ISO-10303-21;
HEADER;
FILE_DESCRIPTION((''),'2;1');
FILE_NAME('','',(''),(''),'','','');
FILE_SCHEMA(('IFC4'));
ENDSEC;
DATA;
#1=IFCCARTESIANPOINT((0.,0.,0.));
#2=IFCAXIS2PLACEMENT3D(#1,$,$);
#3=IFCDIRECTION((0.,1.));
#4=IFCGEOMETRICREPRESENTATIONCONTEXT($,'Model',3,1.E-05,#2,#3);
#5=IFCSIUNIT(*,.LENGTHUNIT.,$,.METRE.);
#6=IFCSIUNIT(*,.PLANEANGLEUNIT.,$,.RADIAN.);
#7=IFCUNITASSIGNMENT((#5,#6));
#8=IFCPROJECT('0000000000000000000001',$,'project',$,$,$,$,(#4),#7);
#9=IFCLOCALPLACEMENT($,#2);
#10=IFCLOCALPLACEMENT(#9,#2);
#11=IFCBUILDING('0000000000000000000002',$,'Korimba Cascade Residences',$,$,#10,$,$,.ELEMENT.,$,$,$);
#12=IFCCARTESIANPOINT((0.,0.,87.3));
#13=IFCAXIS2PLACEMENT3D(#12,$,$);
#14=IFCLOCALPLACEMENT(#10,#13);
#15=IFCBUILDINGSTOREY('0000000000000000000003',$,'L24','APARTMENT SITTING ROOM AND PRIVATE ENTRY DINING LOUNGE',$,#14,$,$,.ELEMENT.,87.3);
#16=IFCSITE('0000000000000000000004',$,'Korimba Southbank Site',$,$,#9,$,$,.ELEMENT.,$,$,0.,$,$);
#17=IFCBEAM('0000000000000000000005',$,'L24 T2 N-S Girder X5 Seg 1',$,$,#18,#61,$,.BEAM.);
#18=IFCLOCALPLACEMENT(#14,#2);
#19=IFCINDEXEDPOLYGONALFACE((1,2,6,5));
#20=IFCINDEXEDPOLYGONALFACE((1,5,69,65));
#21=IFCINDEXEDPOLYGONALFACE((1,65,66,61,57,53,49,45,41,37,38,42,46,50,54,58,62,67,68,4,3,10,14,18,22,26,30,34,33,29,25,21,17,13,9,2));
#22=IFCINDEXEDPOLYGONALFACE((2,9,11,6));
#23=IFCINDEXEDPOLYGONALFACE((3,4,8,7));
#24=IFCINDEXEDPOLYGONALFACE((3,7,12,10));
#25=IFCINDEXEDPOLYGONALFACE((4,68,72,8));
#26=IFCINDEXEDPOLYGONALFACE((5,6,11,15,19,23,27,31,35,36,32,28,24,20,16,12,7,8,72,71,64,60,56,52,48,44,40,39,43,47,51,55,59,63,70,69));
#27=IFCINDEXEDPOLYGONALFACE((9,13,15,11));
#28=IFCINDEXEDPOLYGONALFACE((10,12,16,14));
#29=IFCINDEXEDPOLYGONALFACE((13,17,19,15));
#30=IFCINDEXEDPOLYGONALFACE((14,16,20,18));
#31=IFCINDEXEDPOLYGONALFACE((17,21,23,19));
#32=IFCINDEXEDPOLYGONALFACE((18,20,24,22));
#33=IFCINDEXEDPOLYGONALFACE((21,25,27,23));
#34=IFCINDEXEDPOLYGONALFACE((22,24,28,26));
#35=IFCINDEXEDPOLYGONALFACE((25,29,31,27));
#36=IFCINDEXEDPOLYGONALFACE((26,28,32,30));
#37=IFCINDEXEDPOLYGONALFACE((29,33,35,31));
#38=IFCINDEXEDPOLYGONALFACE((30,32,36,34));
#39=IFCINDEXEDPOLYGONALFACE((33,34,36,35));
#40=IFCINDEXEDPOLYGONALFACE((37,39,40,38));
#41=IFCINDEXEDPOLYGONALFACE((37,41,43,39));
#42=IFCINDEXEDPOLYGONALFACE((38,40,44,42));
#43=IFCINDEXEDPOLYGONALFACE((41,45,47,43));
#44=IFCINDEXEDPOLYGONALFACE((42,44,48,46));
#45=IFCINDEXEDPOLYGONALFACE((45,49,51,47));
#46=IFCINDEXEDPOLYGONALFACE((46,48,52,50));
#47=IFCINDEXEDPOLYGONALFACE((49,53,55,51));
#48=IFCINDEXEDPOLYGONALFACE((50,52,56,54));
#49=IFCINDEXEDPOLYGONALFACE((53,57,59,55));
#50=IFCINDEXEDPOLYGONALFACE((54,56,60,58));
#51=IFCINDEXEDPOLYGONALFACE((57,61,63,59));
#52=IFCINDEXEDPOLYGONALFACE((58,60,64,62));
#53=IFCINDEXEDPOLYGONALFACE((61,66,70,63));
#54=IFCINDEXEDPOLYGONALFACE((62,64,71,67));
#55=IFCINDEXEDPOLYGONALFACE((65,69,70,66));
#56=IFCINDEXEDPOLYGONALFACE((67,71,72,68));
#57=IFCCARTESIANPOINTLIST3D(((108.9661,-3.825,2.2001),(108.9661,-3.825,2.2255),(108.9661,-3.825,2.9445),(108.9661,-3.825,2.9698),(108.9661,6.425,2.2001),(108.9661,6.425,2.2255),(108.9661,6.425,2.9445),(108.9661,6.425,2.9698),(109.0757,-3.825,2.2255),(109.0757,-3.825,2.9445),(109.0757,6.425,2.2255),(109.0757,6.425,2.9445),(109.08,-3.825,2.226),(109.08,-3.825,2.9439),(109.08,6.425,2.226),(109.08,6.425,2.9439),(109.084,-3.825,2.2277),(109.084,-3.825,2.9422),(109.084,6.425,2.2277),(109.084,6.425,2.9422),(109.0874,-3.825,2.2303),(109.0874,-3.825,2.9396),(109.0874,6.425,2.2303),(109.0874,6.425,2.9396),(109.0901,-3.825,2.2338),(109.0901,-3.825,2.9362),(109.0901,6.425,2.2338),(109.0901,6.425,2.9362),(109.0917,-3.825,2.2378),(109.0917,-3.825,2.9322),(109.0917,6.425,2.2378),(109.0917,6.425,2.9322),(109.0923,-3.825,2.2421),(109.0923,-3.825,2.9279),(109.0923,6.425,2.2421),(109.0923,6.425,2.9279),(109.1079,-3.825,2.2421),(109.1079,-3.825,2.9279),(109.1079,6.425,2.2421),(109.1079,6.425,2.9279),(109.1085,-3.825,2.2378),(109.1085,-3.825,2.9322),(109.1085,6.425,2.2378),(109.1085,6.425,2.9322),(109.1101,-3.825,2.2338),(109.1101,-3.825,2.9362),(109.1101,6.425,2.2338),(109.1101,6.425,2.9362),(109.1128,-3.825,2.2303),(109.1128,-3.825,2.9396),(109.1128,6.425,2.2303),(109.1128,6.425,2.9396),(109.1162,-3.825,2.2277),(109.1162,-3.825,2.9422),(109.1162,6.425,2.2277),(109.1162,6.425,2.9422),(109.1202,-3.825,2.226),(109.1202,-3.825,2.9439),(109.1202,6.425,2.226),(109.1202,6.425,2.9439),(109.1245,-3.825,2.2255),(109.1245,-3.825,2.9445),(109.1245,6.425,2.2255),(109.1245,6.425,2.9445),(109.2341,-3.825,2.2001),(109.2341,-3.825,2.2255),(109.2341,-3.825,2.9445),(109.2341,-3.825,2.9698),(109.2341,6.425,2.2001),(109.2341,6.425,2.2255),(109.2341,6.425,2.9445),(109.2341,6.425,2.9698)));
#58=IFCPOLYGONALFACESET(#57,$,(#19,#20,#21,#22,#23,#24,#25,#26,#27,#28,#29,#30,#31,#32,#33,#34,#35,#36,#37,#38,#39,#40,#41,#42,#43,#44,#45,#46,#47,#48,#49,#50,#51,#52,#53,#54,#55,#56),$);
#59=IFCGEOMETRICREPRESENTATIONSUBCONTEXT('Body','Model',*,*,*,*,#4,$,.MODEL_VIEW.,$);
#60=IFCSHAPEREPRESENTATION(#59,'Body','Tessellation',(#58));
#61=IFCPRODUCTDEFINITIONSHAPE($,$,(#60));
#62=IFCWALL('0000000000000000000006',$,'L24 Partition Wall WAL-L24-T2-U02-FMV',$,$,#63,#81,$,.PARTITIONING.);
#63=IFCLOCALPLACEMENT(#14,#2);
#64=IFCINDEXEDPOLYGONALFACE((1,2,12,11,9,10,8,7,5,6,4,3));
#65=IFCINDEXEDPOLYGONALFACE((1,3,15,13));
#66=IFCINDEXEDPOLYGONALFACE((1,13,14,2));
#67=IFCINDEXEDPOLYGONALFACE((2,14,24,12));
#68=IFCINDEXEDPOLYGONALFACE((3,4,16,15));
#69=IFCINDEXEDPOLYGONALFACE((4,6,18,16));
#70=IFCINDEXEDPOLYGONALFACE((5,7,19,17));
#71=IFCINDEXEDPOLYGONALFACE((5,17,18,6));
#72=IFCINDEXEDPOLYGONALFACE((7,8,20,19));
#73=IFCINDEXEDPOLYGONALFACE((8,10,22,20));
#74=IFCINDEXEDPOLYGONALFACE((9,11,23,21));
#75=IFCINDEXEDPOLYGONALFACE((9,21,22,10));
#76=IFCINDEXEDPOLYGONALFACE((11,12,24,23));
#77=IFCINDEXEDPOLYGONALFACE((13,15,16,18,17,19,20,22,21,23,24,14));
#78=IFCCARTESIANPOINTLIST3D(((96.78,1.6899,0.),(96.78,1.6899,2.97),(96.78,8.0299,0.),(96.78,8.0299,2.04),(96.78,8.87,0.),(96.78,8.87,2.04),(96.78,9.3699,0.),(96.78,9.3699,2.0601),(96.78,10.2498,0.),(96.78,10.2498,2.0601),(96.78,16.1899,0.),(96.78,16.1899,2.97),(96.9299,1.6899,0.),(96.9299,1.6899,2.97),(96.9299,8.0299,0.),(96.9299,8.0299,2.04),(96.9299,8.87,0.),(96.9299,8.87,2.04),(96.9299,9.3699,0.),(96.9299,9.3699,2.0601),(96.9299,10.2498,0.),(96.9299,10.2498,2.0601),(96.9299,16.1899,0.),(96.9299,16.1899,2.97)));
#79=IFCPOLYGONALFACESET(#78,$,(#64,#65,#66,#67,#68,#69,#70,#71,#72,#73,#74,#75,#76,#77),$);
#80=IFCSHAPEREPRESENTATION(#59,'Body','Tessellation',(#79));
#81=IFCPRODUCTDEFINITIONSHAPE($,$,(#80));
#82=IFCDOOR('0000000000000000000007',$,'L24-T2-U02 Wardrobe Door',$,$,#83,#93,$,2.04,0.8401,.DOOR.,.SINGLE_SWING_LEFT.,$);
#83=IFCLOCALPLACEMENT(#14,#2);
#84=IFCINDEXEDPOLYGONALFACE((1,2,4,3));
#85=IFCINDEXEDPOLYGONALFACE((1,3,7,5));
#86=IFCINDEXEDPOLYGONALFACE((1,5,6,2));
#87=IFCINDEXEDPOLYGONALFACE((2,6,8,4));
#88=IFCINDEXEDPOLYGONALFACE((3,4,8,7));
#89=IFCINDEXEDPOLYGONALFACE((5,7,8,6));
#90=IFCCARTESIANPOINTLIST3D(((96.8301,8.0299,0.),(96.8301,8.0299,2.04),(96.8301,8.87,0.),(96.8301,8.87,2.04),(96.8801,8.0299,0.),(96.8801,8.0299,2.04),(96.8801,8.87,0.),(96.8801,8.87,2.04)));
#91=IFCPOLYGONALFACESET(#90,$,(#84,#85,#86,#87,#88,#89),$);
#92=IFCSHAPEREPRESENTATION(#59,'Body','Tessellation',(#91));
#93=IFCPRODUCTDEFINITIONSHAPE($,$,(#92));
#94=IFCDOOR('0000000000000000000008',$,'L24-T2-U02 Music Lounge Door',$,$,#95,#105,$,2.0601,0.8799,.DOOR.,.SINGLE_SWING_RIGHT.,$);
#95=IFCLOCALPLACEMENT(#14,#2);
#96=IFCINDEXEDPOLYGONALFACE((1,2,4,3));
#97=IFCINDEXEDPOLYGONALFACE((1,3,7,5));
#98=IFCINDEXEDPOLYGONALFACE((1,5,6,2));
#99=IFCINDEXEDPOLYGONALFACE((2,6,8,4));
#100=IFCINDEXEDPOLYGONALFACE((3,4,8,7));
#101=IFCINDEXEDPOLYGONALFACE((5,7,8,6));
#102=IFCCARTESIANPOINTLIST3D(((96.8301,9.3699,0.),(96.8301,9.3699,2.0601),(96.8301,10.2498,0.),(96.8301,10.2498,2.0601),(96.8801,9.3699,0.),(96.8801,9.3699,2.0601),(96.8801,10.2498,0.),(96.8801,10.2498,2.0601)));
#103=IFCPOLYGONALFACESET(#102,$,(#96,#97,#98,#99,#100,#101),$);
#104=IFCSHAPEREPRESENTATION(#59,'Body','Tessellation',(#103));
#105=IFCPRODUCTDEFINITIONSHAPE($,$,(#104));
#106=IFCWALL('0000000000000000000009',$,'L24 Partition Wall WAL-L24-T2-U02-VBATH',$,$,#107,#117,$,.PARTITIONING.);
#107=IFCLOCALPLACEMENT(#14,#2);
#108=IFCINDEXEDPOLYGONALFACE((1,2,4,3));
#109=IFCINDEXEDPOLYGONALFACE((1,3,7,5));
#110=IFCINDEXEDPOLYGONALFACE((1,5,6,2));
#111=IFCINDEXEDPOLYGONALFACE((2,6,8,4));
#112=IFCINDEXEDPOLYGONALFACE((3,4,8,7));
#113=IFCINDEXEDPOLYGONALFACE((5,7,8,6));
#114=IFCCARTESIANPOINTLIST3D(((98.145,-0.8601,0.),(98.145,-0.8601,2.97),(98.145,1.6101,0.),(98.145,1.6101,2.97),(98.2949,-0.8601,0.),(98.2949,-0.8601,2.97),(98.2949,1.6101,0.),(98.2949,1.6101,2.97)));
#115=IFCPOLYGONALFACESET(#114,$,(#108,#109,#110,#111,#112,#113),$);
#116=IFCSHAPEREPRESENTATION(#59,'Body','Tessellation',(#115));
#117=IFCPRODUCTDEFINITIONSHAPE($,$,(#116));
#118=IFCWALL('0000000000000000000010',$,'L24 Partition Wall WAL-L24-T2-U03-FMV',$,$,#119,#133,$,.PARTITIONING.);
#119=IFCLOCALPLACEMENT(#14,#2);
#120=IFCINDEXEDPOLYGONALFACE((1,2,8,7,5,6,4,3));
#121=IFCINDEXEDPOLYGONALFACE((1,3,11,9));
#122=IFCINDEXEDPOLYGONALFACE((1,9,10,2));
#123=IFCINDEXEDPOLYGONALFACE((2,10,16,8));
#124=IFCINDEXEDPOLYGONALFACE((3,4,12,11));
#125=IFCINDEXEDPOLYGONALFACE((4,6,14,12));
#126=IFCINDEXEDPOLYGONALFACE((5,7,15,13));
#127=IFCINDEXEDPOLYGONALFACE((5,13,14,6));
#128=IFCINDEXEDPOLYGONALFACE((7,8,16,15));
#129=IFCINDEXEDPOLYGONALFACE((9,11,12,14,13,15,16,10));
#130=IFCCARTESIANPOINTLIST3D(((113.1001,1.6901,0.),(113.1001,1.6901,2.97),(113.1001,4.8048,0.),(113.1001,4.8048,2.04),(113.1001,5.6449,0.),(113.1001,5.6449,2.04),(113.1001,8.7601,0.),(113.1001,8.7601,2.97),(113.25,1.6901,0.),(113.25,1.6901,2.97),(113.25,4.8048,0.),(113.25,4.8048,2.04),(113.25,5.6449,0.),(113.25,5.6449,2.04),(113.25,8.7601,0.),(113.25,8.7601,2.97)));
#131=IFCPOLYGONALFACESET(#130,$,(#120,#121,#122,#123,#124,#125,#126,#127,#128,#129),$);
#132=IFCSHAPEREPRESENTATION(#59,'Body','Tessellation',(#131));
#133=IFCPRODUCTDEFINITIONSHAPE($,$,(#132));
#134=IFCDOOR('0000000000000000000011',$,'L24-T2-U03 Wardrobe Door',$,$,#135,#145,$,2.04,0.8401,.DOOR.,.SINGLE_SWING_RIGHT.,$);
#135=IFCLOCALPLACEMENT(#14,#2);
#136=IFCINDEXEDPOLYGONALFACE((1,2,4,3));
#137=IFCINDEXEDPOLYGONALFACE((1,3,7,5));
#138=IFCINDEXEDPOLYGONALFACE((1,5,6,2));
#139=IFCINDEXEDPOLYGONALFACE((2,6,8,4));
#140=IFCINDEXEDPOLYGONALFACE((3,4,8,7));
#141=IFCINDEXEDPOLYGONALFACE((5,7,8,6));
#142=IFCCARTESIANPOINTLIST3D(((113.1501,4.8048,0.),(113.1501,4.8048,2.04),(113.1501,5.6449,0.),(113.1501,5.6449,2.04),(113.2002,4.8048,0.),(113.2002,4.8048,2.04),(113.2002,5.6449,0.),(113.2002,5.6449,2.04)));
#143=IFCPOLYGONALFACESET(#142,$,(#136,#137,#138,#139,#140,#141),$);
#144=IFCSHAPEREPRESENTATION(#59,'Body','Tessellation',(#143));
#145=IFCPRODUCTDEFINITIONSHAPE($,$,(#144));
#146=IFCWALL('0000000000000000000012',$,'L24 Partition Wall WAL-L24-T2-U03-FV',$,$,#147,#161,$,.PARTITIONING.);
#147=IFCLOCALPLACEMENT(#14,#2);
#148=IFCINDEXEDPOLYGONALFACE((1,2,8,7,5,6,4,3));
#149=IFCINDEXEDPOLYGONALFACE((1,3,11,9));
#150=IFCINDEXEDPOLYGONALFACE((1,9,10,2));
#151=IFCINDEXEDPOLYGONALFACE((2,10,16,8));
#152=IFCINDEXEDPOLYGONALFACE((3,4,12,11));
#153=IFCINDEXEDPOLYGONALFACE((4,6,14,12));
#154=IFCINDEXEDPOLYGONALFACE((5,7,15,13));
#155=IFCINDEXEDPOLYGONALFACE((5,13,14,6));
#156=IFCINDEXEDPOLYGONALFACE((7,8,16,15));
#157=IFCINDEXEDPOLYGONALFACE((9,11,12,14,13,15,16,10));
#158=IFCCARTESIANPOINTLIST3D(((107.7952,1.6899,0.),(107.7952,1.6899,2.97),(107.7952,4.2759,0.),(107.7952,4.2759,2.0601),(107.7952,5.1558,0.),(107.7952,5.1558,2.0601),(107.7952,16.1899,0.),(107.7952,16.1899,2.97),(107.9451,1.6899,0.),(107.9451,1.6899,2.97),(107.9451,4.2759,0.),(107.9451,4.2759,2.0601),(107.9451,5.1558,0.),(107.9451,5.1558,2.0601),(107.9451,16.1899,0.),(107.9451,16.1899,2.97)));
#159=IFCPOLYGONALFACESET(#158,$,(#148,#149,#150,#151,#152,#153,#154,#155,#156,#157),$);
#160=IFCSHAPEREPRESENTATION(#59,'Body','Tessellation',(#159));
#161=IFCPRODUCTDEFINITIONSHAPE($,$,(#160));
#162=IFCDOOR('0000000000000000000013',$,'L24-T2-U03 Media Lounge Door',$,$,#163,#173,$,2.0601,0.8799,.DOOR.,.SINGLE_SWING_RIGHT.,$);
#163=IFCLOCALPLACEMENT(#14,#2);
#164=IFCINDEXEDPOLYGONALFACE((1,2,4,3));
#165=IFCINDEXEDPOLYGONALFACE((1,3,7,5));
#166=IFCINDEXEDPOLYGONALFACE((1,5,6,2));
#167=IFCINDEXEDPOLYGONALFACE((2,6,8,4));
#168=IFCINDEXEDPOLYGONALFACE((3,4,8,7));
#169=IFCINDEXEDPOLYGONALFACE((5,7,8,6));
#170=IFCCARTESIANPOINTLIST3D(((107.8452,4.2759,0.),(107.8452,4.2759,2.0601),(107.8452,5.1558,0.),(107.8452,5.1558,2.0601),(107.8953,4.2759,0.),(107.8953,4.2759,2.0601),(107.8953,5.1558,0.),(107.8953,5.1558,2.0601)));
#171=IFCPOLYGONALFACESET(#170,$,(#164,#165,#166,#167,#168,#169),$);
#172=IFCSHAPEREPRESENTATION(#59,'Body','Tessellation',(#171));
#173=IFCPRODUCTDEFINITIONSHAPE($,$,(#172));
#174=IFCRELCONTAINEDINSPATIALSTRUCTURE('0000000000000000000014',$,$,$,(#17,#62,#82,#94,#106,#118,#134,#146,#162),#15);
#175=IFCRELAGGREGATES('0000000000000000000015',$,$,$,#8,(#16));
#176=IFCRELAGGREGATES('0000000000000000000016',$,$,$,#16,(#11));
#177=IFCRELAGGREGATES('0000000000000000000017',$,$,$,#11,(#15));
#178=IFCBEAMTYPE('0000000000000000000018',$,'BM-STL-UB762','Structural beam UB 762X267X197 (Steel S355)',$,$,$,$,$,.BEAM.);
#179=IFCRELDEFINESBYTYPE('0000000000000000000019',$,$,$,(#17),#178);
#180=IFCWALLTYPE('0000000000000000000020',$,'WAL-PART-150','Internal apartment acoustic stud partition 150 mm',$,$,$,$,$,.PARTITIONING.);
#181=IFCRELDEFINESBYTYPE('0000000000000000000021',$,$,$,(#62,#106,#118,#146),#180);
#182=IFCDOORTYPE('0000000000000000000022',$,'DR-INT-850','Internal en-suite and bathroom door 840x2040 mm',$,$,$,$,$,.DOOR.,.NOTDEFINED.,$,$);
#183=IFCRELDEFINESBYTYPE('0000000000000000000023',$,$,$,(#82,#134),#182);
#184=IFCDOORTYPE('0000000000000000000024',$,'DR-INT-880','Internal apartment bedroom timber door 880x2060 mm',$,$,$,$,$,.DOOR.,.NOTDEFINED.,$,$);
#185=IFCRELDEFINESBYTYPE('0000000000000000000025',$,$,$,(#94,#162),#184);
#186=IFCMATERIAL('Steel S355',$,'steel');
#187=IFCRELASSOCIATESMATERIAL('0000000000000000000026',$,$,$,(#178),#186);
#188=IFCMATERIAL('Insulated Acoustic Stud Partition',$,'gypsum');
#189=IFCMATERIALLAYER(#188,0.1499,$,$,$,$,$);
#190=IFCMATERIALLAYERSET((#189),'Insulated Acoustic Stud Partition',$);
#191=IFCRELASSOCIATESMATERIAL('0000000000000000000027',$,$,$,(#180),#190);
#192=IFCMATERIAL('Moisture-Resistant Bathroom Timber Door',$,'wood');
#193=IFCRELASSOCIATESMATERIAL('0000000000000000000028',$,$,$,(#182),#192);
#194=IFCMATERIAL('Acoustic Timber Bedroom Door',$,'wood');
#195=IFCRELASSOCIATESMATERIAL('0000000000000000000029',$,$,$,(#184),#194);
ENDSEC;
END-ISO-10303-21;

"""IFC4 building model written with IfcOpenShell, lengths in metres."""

from ifc_helpers import new_model, si_unit, direction, frame, frame_2d, origin, origin_2d, place, context, subcontext, project, spatial, rectangle, i_section, extrude, material, layer, layer_set, material_profile, profile_set, type_object, element, fill, save


model = new_model("IFC4")

# Units and contexts
model_context = context("Model", 3, precision=1e-05, world=origin(), true_north=direction((0.0, 1.0)))
body_context = subcontext(model_context, "Body", "Model", "MODEL_VIEW")
ifc_project = project(units=[si_unit("LENGTHUNIT", "METRE"), si_unit("PLANEANGLEUNIT", "RADIAN")], contexts=[model_context])

# Site, building, storey
site_placement = place(None, origin())
site = spatial("IfcSite", under=ifc_project, at=site_placement, Name="Korimba Southbank Site", CompositionType="ELEMENT", RefElevation=0.0)
building_placement = place(site_placement, origin())
building = spatial("IfcBuilding", under=site, at=building_placement, Name="Korimba Cascade Residences", CompositionType="ELEMENT")
storey_placement = place(building_placement, frame((0.0, 0.0, 87.3)))
storey = spatial("IfcBuildingStorey", under=building, at=storey_placement, Name="L24", Description="APARTMENT SITTING ROOM AND PRIVATE ENTRY DINING LOUNGE", CompositionType="ELEMENT", Elevation=87.3)

# Beam
ifc_material_1 = material(Name="Steel S355", Category="steel")
ifc_material_profile_1 = material_profile(ifc_material_1, i_section(OverallWidth=0.2681, OverallDepth=0.7698, WebThickness=0.0156, FlangeThickness=0.0254, FilletRadius=0.0166, at=origin_2d()), Name="Steel S355")
ifc_profile_set_1 = profile_set([ifc_material_profile_1], Name="Steel S355")
beam_type_1 = type_object("IfcBeamType", Name="BM-STL-UB762", Description="Structural beam UB 762X267X197 (Steel S355)", PredefinedType="BEAM", material=ifc_profile_set_1)
for number, where, z_axis, x_axis, name in (
    (1, (109.1001, -3.825, 2.585), (0.0, 1.0, 0.0), (-1.0, 0.0, 0.0), "L24 T2 N-S Girder X5 Seg 1"),
):
    element("IfcBeam", number, at=place(storey_placement, frame(where, z_axis=z_axis, x_axis=x_axis)), inside=storey, type_object=beam_type_1, Name=name, PredefinedType="BEAM", context=body_context, shape_type="SweptSolid", body=[
        extrude(i_section(OverallWidth=0.2681, OverallDepth=0.7698, WebThickness=0.0156, FlangeThickness=0.0254, FilletRadius=0.0166, at=origin_2d()), origin(), (0.0, 0.0, 1.0), 10.25),
    ])

# Wall, openings, doors
ifc_material_2 = material(Name="Insulated Acoustic Stud Partition", Category="gypsum")
ifc_layer = layer(ifc_material_2, 0.1499)
ifc_layer_set = layer_set([ifc_layer], Name="Insulated Acoustic Stud Partition")
wall_type = type_object("IfcWallType", Name="WAL-PART-150", Description="Internal apartment acoustic stud partition 150 mm", PredefinedType="PARTITIONING", material=ifc_layer_set)
wall_1_placement = place(storey_placement, frame((96.855, 1.6899, 0.0), z_axis=(0.0, 0.0, 1.0), x_axis=(0.0, 1.0, 0.0)))
wall_1 = element("IfcWall", 2, at=wall_1_placement, inside=storey, type_object=wall_type, Name="L24 Partition Wall WAL-L24-T2-U02-FMV", PredefinedType="PARTITIONING", context=body_context, shape_type="SweptSolid", body=[
    extrude(rectangle(XDim=14.5, YDim=0.1499, at=frame_2d((7.25, 0.0))), origin(), (0.0, 0.0, 1.0), 2.97),
])
opening_1_placement = place(wall_1_placement, frame((6.3401, 0.0, 0.0)))
opening_1 = element("IfcOpeningElement", 3, at=opening_1_placement, cuts=wall_1, PredefinedType="OPENING", context=body_context, shape_type="SweptSolid", body=[
    extrude(rectangle(XDim=0.8401, YDim=2.04, at=frame_2d((0.4199, 1.02))), frame((0.0, 0.085, 0.0), z_axis=(0.0, -1.0, 0.0), x_axis=(1.0, 0.0, 0.0)), (0.0, 0.0, 1.0), 0.1699),
])
opening_2_placement = place(wall_1_placement, frame((7.6799, 0.0, 0.0)))
opening_2 = element("IfcOpeningElement", 4, at=opening_2_placement, cuts=wall_1, PredefinedType="OPENING", context=body_context, shape_type="SweptSolid", body=[
    extrude(rectangle(XDim=0.8799, YDim=2.0601, at=frame_2d((0.4399, 1.03))), frame((0.0, 0.085, 0.0), z_axis=(0.0, -1.0, 0.0), x_axis=(1.0, 0.0, 0.0)), (0.0, 0.0, 1.0), 0.1699),
])
ifc_material_3 = material(Name="Moisture-Resistant Bathroom Timber Door", Category="wood")
door_type_1 = type_object("IfcDoorType", Name="DR-INT-850", Description="Internal en-suite and bathroom door 840x2040 mm", OperationType="NOTDEFINED", PredefinedType="DOOR", material=ifc_material_3)
door_1_placement = place(opening_1_placement, origin())
door_1 = element("IfcDoor", 5, at=door_1_placement, inside=storey, type_object=door_type_1, Name="L24-T2-U02 Wardrobe Door", OperationType="SINGLE_SWING_LEFT", OverallHeight=2.04, OverallWidth=0.8401, PredefinedType="DOOR", context=body_context, shape_type="SweptSolid", body=[
    extrude(rectangle(XDim=0.8401, YDim=2.04, at=frame_2d((0.4199, 1.02))), frame((0.0, 0.0249, 0.0), z_axis=(0.0, -1.0, 0.0), x_axis=(1.0, 0.0, 0.0)), (0.0, 0.0, 1.0), 0.05),
])
fill(opening_1, door_1)
ifc_material_4 = material(Name="Acoustic Timber Bedroom Door", Category="wood")
door_type_2 = type_object("IfcDoorType", Name="DR-INT-880", Description="Internal apartment bedroom timber door 880x2060 mm", OperationType="NOTDEFINED", PredefinedType="DOOR", material=ifc_material_4)
door_2_placement = place(opening_2_placement, origin())
door_2 = element("IfcDoor", 6, at=door_2_placement, inside=storey, type_object=door_type_2, Name="L24-T2-U02 Music Lounge Door", OperationType="SINGLE_SWING_RIGHT", OverallHeight=2.0601, OverallWidth=0.8799, PredefinedType="DOOR", context=body_context, shape_type="SweptSolid", body=[
    extrude(rectangle(XDim=0.8799, YDim=2.0601, at=frame_2d((0.4399, 1.03))), frame((0.0, 0.0249, 0.0), z_axis=(0.0, -1.0, 0.0), x_axis=(1.0, 0.0, 0.0)), (0.0, 0.0, 1.0), 0.05),
])
fill(opening_2, door_2)

# Wall
wall_2_placement = place(storey_placement, frame((98.22, -0.8601, 0.0), z_axis=(0.0, 0.0, 1.0), x_axis=(0.0, 1.0, 0.0)))
element("IfcWall", 7, at=wall_2_placement, inside=storey, type_object=wall_type, Name="L24 Partition Wall WAL-L24-T2-U02-VBATH", PredefinedType="PARTITIONING", context=body_context, shape_type="SweptSolid", body=[
    extrude(rectangle(XDim=2.4702, YDim=0.1499, at=frame_2d((1.2351, 0.0))), origin(), (0.0, 0.0, 1.0), 2.97),
])

# Walls, openings, doors
wall_3_placement = place(storey_placement, frame((113.175, 1.6899, 0.0), z_axis=(0.0, 0.0, 1.0), x_axis=(0.0, 1.0, 0.0)))
wall_3 = element("IfcWall", 8, at=wall_3_placement, inside=storey, type_object=wall_type, Name="L24 Partition Wall WAL-L24-T2-U03-FMV", PredefinedType="PARTITIONING", context=body_context, shape_type="SweptSolid", body=[
    extrude(rectangle(XDim=7.0701, YDim=0.1499, at=frame_2d((3.5352, 0.0))), origin(), (0.0, 0.0, 1.0), 2.97),
])
opening_3_placement = place(wall_3_placement, frame((3.115, 0.0, 0.0)))
opening_3 = element("IfcOpeningElement", 9, at=opening_3_placement, cuts=wall_3, PredefinedType="OPENING", context=body_context, shape_type="SweptSolid", body=[
    extrude(rectangle(XDim=0.8401, YDim=2.04, at=frame_2d((0.4199, 1.02))), frame((0.0, 0.085, 0.0), z_axis=(0.0, -1.0, 0.0), x_axis=(1.0, 0.0, 0.0)), (0.0, 0.0, 1.0), 0.1699),
])
door_3_placement = place(opening_3_placement, origin())
door_3 = element("IfcDoor", 10, at=door_3_placement, inside=storey, type_object=door_type_1, Name="L24-T2-U03 Wardrobe Door", OperationType="SINGLE_SWING_RIGHT", OverallHeight=2.04, OverallWidth=0.8401, PredefinedType="DOOR", context=body_context, shape_type="SweptSolid", body=[
    extrude(rectangle(XDim=0.8401, YDim=2.04, at=frame_2d((0.4199, 1.02))), frame((0.0, 0.0249, 0.0), z_axis=(0.0, -1.0, 0.0), x_axis=(1.0, 0.0, 0.0)), (0.0, 0.0, 1.0), 0.05),
])
fill(opening_3, door_3)
wall_4_placement = place(storey_placement, frame((107.8701, 1.6899, 0.0), z_axis=(0.0, 0.0, 1.0), x_axis=(0.0, 1.0, 0.0)))
wall_4 = element("IfcWall", 11, at=wall_4_placement, inside=storey, type_object=wall_type, Name="L24 Partition Wall WAL-L24-T2-U03-FV", PredefinedType="PARTITIONING", context=body_context, shape_type="SweptSolid", body=[
    extrude(rectangle(XDim=14.5, YDim=0.1499, at=frame_2d((7.25, 0.0))), origin(), (0.0, 0.0, 1.0), 2.97),
])
opening_4_placement = place(wall_4_placement, frame((2.5859, 0.0, 0.0)))
opening_4 = element("IfcOpeningElement", 12, at=opening_4_placement, cuts=wall_4, PredefinedType="OPENING", context=body_context, shape_type="SweptSolid", body=[
    extrude(rectangle(XDim=0.8799, YDim=2.0601, at=frame_2d((0.4399, 1.03))), frame((0.0, 0.085, 0.0), z_axis=(0.0, -1.0, 0.0), x_axis=(1.0, 0.0, 0.0)), (0.0, 0.0, 1.0), 0.1699),
])
door_4_placement = place(opening_4_placement, origin())
door_4 = element("IfcDoor", 13, at=door_4_placement, inside=storey, type_object=door_type_2, Name="L24-T2-U03 Media Lounge Door", OperationType="SINGLE_SWING_RIGHT", OverallHeight=2.0601, OverallWidth=0.8799, PredefinedType="DOOR", context=body_context, shape_type="SweptSolid", body=[
    extrude(rectangle(XDim=0.8799, YDim=2.0601, at=frame_2d((0.4399, 1.03))), frame((0.0, 0.0249, 0.0), z_axis=(0.0, -1.0, 0.0), x_axis=(1.0, 0.0, 0.0)), (0.0, 0.0, 1.0), 0.05),
])
fill(opening_4, door_4)

save(model, "model.ifc")
